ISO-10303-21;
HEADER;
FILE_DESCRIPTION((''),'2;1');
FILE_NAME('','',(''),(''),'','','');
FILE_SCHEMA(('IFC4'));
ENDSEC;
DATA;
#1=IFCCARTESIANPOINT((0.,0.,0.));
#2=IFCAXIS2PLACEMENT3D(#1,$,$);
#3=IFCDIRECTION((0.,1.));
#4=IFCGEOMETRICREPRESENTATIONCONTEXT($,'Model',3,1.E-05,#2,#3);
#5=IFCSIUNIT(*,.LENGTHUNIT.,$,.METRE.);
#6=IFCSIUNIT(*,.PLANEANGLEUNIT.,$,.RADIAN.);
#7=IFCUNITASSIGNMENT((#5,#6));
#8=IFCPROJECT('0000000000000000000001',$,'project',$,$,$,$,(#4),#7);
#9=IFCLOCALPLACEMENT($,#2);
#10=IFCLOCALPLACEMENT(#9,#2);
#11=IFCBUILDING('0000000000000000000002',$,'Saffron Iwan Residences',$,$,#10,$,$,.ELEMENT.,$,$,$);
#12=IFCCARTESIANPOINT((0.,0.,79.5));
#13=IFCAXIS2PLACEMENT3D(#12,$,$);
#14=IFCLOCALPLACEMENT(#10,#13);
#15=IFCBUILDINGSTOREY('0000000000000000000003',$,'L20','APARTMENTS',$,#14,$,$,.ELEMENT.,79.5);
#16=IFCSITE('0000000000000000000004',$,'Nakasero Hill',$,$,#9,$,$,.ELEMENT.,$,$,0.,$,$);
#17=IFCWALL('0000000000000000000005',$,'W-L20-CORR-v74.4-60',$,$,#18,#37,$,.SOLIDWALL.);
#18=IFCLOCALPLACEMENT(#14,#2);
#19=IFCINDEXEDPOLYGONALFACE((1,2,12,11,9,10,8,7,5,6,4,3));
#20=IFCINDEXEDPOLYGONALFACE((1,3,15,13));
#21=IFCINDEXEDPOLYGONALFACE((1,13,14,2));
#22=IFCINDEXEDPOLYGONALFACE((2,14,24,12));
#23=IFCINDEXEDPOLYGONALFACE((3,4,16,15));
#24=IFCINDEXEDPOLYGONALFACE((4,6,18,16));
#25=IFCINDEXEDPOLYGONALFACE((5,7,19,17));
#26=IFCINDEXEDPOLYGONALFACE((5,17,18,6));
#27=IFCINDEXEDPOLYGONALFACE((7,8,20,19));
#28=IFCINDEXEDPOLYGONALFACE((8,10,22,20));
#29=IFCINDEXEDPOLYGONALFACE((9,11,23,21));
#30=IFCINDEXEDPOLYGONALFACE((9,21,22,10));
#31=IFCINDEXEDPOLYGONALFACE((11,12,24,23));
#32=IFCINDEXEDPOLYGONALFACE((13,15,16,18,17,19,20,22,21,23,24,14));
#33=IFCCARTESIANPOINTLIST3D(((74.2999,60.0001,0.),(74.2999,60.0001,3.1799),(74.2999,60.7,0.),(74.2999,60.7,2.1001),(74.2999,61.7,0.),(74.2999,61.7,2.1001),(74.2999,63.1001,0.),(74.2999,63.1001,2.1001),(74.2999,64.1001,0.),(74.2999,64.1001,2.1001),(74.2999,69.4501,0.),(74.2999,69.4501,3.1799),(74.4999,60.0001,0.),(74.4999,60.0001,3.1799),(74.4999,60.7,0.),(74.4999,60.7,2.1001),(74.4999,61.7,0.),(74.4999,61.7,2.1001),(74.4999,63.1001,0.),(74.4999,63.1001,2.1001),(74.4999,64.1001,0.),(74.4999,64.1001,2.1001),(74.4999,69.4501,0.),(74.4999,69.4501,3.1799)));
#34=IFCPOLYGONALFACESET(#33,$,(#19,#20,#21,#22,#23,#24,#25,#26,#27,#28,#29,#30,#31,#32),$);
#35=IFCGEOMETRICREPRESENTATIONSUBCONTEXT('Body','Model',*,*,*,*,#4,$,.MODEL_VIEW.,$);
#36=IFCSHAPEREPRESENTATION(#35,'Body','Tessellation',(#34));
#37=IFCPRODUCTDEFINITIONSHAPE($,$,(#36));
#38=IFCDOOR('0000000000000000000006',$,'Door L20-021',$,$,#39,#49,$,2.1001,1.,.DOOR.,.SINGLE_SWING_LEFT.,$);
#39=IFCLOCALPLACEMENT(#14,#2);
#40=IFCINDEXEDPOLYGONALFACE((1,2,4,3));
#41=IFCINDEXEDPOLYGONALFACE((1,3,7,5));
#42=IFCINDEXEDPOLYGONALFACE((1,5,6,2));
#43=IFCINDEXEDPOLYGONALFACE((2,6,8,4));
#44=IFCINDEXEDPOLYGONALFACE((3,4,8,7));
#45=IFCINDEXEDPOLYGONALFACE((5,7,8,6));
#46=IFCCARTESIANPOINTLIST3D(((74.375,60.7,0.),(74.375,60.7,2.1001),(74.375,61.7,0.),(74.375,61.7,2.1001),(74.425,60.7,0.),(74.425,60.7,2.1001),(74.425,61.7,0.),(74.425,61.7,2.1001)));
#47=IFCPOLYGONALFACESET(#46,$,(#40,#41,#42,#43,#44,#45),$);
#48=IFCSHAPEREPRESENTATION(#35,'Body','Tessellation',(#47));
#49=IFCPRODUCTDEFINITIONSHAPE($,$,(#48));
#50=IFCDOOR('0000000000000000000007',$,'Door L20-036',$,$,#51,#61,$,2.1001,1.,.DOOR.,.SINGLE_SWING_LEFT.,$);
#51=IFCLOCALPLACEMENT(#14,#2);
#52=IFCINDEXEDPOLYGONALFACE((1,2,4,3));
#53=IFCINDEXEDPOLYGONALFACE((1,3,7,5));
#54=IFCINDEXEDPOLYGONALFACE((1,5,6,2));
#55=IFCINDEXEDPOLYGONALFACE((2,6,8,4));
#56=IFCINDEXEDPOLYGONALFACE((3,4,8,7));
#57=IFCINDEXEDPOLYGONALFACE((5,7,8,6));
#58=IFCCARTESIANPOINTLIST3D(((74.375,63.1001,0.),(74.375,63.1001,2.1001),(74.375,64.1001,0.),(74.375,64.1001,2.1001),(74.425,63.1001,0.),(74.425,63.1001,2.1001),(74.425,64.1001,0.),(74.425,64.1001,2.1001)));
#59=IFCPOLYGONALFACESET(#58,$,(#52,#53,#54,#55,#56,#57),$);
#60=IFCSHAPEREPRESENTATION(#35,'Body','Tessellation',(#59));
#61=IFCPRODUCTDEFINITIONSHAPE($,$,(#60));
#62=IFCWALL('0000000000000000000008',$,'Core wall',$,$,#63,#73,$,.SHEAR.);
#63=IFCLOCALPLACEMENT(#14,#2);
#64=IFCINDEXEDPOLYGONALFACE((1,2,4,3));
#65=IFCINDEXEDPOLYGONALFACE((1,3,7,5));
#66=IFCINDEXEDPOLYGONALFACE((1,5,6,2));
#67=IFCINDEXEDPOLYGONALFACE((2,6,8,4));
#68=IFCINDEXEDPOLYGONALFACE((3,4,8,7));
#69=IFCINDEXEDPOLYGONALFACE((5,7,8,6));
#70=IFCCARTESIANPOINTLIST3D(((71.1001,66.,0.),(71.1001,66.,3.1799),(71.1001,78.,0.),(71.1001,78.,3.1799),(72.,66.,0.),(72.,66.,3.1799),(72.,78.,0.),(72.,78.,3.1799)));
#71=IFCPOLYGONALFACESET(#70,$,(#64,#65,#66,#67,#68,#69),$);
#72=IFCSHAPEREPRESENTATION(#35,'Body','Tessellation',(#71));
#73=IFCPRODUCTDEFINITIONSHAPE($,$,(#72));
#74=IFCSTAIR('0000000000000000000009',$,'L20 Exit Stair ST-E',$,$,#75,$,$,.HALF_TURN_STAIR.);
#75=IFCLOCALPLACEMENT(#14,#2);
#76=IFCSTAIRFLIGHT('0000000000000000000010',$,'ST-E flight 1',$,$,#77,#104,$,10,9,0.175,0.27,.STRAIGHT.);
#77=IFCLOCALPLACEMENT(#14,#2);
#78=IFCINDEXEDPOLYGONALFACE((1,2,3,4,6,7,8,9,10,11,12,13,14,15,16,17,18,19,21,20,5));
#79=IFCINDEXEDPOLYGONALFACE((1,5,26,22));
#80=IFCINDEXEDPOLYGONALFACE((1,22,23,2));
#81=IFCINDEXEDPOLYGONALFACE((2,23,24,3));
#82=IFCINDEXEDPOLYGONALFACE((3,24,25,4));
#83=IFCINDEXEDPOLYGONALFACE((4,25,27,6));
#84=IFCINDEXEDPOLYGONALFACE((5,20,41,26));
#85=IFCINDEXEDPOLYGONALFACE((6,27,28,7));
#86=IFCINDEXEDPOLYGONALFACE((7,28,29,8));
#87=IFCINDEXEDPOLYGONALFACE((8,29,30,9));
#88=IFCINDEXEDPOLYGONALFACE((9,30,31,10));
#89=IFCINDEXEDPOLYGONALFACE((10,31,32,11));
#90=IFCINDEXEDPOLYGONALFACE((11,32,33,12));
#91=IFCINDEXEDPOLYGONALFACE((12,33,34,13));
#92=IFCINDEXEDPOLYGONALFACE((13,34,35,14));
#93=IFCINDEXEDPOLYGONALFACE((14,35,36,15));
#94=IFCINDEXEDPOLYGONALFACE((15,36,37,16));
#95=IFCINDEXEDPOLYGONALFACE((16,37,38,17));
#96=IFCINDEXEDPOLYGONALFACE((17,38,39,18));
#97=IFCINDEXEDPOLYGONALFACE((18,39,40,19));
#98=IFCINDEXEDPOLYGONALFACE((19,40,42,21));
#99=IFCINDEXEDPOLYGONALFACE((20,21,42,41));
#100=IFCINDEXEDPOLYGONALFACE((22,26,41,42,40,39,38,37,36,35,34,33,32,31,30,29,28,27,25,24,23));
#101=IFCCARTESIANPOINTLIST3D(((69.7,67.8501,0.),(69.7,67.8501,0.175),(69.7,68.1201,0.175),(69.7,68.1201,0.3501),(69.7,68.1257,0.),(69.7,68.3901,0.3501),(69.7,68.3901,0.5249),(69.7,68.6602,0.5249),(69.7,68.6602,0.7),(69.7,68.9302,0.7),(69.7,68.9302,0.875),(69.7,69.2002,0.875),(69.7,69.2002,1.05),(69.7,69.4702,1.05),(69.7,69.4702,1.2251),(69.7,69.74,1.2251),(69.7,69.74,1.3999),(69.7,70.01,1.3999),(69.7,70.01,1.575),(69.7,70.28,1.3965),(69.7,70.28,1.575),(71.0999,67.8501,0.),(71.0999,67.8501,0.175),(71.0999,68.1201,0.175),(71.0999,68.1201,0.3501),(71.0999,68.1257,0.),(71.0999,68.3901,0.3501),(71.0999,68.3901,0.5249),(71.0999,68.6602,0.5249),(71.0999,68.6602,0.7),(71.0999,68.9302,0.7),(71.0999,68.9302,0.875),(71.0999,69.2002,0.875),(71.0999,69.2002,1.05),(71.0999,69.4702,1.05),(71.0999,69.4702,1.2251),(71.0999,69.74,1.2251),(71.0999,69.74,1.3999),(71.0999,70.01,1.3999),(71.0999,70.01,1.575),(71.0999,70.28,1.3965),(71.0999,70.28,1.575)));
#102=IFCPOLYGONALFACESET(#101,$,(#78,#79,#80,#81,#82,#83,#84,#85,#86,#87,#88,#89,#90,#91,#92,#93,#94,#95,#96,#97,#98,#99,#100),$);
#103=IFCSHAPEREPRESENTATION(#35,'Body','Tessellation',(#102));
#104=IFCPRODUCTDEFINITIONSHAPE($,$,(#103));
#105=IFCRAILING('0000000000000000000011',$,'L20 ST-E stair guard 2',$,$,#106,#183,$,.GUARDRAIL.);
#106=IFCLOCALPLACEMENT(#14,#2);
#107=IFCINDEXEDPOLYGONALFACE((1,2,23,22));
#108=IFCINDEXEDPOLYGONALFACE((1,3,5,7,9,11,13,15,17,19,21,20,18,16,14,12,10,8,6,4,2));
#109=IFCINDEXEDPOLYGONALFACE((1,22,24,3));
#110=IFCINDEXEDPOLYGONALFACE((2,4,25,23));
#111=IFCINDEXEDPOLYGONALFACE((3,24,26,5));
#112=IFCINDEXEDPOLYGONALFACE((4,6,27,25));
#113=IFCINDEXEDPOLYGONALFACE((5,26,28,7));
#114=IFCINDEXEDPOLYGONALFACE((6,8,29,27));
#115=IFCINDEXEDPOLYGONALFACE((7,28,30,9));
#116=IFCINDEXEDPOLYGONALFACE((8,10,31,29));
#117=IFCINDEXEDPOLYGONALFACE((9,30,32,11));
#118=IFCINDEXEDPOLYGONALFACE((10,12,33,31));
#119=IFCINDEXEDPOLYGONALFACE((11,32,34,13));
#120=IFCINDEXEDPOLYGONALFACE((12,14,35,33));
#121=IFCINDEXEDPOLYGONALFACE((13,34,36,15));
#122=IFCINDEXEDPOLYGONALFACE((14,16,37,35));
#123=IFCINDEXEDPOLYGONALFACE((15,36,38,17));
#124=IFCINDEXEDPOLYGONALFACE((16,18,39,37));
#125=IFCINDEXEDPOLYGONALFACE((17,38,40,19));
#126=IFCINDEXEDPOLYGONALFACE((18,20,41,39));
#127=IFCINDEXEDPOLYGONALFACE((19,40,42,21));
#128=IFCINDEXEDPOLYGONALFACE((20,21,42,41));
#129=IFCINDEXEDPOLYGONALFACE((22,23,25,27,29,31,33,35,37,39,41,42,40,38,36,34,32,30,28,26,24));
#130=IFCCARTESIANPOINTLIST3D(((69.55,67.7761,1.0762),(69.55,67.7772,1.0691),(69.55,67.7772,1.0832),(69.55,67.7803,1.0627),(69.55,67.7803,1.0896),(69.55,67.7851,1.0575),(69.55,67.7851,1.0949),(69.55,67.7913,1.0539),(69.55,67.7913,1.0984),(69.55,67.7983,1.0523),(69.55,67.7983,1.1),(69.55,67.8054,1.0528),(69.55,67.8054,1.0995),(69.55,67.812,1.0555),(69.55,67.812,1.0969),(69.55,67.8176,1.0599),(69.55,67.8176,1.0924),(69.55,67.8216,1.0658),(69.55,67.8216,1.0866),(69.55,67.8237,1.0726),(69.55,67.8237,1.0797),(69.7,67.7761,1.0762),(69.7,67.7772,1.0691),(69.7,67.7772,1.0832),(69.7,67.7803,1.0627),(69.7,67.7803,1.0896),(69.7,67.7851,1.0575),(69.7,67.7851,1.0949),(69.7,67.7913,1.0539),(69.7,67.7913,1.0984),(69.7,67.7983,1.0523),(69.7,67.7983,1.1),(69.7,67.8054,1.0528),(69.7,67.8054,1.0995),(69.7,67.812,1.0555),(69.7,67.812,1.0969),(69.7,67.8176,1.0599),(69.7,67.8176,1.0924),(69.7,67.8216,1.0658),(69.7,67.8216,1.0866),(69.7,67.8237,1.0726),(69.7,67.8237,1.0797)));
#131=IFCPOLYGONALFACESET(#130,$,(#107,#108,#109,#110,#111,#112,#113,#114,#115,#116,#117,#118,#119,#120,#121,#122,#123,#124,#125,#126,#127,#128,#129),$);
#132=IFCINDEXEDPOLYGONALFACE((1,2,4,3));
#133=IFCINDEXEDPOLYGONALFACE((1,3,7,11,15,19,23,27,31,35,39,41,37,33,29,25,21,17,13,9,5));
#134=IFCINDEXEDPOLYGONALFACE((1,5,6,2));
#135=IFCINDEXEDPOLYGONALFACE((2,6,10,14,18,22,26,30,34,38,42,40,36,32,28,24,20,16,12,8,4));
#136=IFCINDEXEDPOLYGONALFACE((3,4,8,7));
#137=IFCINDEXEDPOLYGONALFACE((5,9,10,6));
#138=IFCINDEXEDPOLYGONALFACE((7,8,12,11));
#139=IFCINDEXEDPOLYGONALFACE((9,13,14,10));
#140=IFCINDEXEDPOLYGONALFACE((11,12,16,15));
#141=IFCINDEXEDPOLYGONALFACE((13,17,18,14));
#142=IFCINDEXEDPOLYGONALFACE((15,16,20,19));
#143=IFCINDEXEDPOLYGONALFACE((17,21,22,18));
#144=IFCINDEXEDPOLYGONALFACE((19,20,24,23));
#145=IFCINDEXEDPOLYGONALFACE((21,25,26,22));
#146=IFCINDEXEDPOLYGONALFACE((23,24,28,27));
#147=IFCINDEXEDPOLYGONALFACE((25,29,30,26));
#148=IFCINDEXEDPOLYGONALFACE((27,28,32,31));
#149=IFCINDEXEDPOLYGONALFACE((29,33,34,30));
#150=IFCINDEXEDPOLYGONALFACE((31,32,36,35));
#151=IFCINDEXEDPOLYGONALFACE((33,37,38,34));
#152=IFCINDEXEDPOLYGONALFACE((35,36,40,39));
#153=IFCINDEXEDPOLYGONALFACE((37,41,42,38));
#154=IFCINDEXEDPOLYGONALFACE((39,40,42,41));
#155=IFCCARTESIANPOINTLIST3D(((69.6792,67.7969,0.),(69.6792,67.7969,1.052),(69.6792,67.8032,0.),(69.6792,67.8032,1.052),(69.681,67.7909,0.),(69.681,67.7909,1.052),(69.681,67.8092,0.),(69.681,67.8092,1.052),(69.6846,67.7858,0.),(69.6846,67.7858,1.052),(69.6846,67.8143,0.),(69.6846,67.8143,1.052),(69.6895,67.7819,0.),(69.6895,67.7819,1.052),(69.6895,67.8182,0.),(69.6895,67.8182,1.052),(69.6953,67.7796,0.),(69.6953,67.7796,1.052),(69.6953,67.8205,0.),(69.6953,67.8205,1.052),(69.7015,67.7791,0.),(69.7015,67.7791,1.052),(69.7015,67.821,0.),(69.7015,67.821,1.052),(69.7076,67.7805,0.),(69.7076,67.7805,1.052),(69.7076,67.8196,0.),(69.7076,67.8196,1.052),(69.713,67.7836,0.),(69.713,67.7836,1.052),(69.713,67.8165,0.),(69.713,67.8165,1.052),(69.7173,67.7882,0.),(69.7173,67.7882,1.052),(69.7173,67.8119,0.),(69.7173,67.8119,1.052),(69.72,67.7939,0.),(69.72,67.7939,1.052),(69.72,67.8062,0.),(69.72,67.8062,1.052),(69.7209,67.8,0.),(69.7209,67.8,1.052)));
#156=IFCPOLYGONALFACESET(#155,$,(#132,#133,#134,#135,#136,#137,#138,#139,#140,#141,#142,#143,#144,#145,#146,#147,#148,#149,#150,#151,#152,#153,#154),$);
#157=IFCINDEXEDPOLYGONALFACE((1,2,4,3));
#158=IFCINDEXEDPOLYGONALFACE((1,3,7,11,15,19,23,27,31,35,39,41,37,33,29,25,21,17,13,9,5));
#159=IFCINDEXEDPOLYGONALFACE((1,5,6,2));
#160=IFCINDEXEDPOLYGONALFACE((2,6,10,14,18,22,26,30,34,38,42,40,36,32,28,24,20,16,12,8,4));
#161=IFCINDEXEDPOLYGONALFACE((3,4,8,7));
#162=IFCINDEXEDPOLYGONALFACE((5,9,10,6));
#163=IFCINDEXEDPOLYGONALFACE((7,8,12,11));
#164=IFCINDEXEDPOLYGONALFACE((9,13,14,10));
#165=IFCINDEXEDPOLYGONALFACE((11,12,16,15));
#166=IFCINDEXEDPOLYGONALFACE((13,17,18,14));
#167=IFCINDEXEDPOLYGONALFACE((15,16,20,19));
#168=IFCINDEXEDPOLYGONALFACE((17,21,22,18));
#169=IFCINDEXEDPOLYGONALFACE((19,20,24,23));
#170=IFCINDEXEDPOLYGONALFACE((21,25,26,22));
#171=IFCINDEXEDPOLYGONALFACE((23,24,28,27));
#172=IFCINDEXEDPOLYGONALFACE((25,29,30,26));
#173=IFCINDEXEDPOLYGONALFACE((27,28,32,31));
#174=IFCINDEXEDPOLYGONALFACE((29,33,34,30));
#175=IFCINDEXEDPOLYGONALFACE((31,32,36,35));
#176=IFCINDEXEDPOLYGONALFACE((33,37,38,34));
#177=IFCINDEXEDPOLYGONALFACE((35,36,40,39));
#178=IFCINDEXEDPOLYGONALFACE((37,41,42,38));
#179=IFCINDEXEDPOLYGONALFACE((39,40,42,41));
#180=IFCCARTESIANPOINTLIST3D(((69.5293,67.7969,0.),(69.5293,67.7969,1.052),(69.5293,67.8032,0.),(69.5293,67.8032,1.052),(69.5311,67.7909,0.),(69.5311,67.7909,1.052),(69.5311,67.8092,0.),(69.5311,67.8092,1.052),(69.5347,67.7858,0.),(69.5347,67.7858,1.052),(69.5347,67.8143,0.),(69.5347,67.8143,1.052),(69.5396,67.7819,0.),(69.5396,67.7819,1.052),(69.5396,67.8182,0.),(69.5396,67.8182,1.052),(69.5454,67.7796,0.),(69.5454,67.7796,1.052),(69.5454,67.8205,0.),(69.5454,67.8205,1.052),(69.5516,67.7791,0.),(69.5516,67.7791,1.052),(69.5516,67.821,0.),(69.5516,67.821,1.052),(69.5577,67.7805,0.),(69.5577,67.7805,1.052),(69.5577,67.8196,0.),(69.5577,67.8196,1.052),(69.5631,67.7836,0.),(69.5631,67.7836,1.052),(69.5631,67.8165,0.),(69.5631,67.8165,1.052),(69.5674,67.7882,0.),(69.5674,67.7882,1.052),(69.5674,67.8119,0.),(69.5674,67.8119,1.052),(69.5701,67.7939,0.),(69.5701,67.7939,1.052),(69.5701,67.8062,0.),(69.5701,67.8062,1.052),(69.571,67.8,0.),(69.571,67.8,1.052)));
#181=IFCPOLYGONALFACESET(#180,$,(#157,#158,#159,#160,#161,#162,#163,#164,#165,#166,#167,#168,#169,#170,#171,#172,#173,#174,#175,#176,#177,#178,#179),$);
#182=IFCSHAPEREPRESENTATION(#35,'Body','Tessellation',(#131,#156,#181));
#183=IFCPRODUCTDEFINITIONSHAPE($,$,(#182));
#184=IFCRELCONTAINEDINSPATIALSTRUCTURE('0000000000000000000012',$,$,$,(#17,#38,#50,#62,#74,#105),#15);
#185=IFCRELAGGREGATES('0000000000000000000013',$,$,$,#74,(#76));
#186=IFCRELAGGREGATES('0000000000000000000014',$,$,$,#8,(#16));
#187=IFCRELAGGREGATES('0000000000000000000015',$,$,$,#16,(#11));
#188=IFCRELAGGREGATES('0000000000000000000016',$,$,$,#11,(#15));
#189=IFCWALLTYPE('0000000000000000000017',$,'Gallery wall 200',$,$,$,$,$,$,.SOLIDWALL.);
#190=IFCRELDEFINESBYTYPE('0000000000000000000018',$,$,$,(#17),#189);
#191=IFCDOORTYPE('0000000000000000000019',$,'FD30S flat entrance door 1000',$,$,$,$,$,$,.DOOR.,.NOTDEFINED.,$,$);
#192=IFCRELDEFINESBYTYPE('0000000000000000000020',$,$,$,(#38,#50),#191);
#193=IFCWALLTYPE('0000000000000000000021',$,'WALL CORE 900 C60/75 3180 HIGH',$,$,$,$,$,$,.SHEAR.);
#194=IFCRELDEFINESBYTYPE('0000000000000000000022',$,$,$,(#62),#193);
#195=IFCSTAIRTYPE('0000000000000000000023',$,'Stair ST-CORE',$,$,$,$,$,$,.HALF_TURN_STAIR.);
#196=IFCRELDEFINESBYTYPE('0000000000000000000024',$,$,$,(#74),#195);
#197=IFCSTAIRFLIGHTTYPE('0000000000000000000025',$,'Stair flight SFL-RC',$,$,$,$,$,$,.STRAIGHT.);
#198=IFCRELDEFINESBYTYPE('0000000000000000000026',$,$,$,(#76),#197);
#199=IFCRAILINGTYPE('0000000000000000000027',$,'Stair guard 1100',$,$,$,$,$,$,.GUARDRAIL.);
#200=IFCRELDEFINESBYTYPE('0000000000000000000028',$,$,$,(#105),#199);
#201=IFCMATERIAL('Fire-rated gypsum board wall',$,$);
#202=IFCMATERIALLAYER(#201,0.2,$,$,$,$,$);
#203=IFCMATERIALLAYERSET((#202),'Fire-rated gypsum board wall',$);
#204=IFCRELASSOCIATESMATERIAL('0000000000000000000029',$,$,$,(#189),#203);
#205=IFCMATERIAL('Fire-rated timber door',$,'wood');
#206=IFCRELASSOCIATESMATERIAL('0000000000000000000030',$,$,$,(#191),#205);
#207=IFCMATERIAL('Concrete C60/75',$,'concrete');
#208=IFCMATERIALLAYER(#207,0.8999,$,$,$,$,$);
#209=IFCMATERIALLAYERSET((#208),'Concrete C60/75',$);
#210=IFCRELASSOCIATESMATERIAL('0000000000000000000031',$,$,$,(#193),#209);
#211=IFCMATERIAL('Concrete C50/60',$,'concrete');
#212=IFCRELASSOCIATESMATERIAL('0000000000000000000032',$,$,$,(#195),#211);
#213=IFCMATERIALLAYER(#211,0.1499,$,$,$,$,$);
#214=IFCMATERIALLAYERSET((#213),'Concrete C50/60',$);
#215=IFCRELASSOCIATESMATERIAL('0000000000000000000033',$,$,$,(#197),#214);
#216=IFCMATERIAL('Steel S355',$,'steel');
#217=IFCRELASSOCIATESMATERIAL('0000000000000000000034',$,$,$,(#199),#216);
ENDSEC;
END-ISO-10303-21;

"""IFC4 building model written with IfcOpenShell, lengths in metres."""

from ifc_helpers import new_model, si_unit, direction, frame, frame_2d, origin, origin_2d, place, context, subcontext, project, spatial, polyline, rectangle, circle, outline, extrude, material, layer, layer_set, type_object, element, fill, aggregate, save


model = new_model("IFC4")

# Units and contexts
model_context = context("Model", 3, precision=1e-05, world=origin(), true_north=direction((0.0, 1.0)))
body_context = subcontext(model_context, "Body", "Model", "MODEL_VIEW")
ifc_project = project(units=[si_unit("LENGTHUNIT", "METRE"), si_unit("PLANEANGLEUNIT", "RADIAN")], contexts=[model_context])

# Site, building, storey
site_placement = place(None, origin())
site = spatial("IfcSite", under=ifc_project, at=site_placement, Name="Nakasero Hill", CompositionType="ELEMENT", RefElevation=0.0)
building_placement = place(site_placement, origin())
building = spatial("IfcBuilding", under=site, at=building_placement, Name="Saffron Iwan Residences", CompositionType="ELEMENT")
storey_placement = place(building_placement, frame((0.0, 0.0, 79.5)))
storey = spatial("IfcBuildingStorey", under=building, at=storey_placement, Name="L20", Description="APARTMENTS", CompositionType="ELEMENT", Elevation=79.5)

# Shared definitions
ifc_material_1 = material(Name="Concrete C60/75", Category="concrete")

# Shared definitions
ifc_material_2 = material(Name="Fire-rated gypsum board wall")

# Wall, openings, doors
ifc_layer_1 = layer(ifc_material_2, 0.2)
ifc_layer_set_1 = layer_set([ifc_layer_1], Name="Fire-rated gypsum board wall")
wall_type_1 = type_object("IfcWallType", Name="Gallery wall 200", PredefinedType="SOLIDWALL", material=ifc_layer_set_1)
wall_1_placement = place(storey_placement, frame((74.3999, 60.0, 0.0), z_axis=(0.0, 0.0, 1.0), x_axis=(0.0, 1.0, 0.0)))
wall_1 = element("IfcWall", 1, at=wall_1_placement, inside=storey, type_object=wall_type_1, Name="W-L20-CORR-v74.4-60", PredefinedType="SOLIDWALL", context=body_context, shape_type="SweptSolid", body=[
    extrude(rectangle(XDim=9.45, YDim=0.2, at=frame_2d((4.7251, 0.0))), origin(), (0.0, 0.0, 1.0), 3.1799),
])
opening_1_placement = place(wall_1_placement, frame((0.7, 0.0, 0.0)))
opening_1 = element("IfcOpeningElement", 2, at=opening_1_placement, cuts=wall_1, PredefinedType="OPENING", context=body_context, shape_type="SweptSolid", body=[
    extrude(rectangle(XDim=1.0, YDim=2.1001, at=frame_2d((0.5, 1.05))), frame((0.0, 0.1099, 0.0), z_axis=(0.0, -1.0, 0.0), x_axis=(1.0, 0.0, 0.0)), (0.0, 0.0, 1.0), 0.22),
])
opening_2_placement = place(wall_1_placement, frame((3.1001, 0.0, 0.0)))
opening_2 = element("IfcOpeningElement", 3, at=opening_2_placement, cuts=wall_1, PredefinedType="OPENING", context=body_context, shape_type="SweptSolid", body=[
    extrude(rectangle(XDim=1.0, YDim=2.1001, at=frame_2d((0.5, 1.05))), frame((0.0, 0.1099, 0.0), z_axis=(0.0, -1.0, 0.0), x_axis=(1.0, 0.0, 0.0)), (0.0, 0.0, 1.0), 0.22),
])
ifc_material_3 = material(Name="Fire-rated timber door", Category="wood")
door_type_1 = type_object("IfcDoorType", Name="FD30S flat entrance door 1000", OperationType="NOTDEFINED", PredefinedType="DOOR", material=ifc_material_3)
door_1_placement = place(opening_1_placement, origin())
door_1 = element("IfcDoor", 4, at=door_1_placement, inside=storey, type_object=door_type_1, Name="Door L20-021", OperationType="SINGLE_SWING_LEFT", OverallHeight=2.1001, OverallWidth=1.0, PredefinedType="DOOR", context=body_context, shape_type="SweptSolid", body=[
    extrude(rectangle(XDim=1.0, YDim=2.1001, at=frame_2d((0.5, 1.05))), frame((0.0, 0.0249, 0.0), z_axis=(0.0, -1.0, 0.0), x_axis=(1.0, 0.0, 0.0)), (0.0, 0.0, 1.0), 0.05),
])
fill(opening_1, door_1)
door_2_placement = place(opening_2_placement, origin())
door_2 = element("IfcDoor", 5, at=door_2_placement, inside=storey, type_object=door_type_1, Name="Door L20-036", OperationType="SINGLE_SWING_LEFT", OverallHeight=2.1001, OverallWidth=1.0, PredefinedType="DOOR", context=body_context, shape_type="SweptSolid", body=[
    extrude(rectangle(XDim=1.0, YDim=2.1001, at=frame_2d((0.5, 1.05))), frame((0.0, 0.0249, 0.0), z_axis=(0.0, -1.0, 0.0), x_axis=(1.0, 0.0, 0.0)), (0.0, 0.0, 1.0), 0.05),
])
fill(opening_2, door_2)

# Wall
ifc_layer_2 = layer(ifc_material_1, 0.8999)
ifc_layer_set_2 = layer_set([ifc_layer_2], Name="Concrete C60/75")
wall_type_2 = type_object("IfcWallType", Name="WALL CORE 900 C60/75 3180 HIGH", PredefinedType="SHEAR", material=ifc_layer_set_2)
wall_2_placement = place(storey_placement, frame((71.55, 66.0, 0.0), z_axis=(0.0, 0.0, 1.0), x_axis=(0.0, 1.0, 0.0)))
element("IfcWall", 6, at=wall_2_placement, inside=storey, type_object=wall_type_2, Name="Core wall", PredefinedType="SHEAR", context=body_context, shape_type="SweptSolid", body=[
    extrude(rectangle(XDim=12.0, YDim=0.8999, at=frame_2d((6.0, 0.0))), origin(), (0.0, 0.0, 1.0), 3.1799),
])

# Stair, stair flight
ifc_material_4 = material(Name="Concrete C50/60", Category="concrete")
stair_type = type_object("IfcStairType", Name="Stair ST-CORE", PredefinedType="HALF_TURN_STAIR", material=ifc_material_4)
stair_placement = place(storey_placement, origin())
stair = element("IfcStair", 7, at=stair_placement, inside=storey, type_object=stair_type, Name="L20 Exit Stair ST-E", PredefinedType="HALF_TURN_STAIR")
ifc_layer_3 = layer(ifc_material_4, 0.1499)
ifc_layer_set_3 = layer_set([ifc_layer_3], Name="Concrete C50/60")
stair_flight_type = type_object("IfcStairFlightType", Name="Stair flight SFL-RC", PredefinedType="STRAIGHT", material=ifc_layer_set_3)
stair_flight_placement = place(storey_placement, frame((70.3999, 67.8501, 0.0), z_axis=(0.0, 0.0, 1.0), x_axis=(0.0, 1.0, 0.0)))
stair_flight = element("IfcStairFlight", 8, at=stair_flight_placement, type_object=stair_flight_type, Name="ST-E flight 1", NumberOfRisers=10, NumberOfTreads=9, PredefinedType="STRAIGHT", RiserHeight=0.175, TreadLength=0.27, context=body_context, shape_type="SweptSolid", body=[
    extrude(outline(polyline([(0.0, 0.0), (0.0, 0.175), (0.27, 0.175), (0.27, 0.3501), (0.54, 0.3501), (0.54, 0.5249), (0.8101, 0.5249), (0.8101, 0.7), (1.0801, 0.7), (1.0801, 0.875), (1.3501, 0.875), (1.3501, 1.05), (1.6201, 1.05), (1.6201, 1.2251), (1.8899, 1.2251), (1.8899, 1.3999), (2.1599, 1.3999), (2.1599, 1.575), (2.4299, 1.575), (2.4299, 1.75), (2.4299, 1.3965), (0.2756, 0.0), (0.0, 0.0)])), frame((0.0, 0.7, 0.0), z_axis=(0.0, -1.0, 0.0), x_axis=(1.0, 0.0, 0.0)), (0.0, 0.0, 1.0), 1.3999),
])
aggregate(stair, [stair_flight])

# Railing
ifc_material_5 = material(Name="Steel S355", Category="steel")
railing_type = type_object("IfcRailingType", Name="Stair guard 1100", PredefinedType="GUARDRAIL", material=ifc_material_5)
railing_1_placement = place(storey_placement, frame((69.7, 67.8, 0.0)))
element("IfcRailing", 9, at=railing_1_placement, inside=storey, type_object=railing_type, Name="L20 ST-E stair guard 2", PredefinedType="GUARDRAIL", context=body_context, shape_type="SweptSolid", body=[
    extrude(circle(Radius=0.0239, at=origin_2d()), frame((0.0, 0.0, 1.0762), z_axis=(-1.0, 0.0, 0.0), x_axis=(0.0, -1.0, 0.0)), (0.0, 0.0, 1.0), 0.1499),
    extrude(circle(Radius=0.021, at=origin_2d()), origin(), (0.0, 0.0, 1.0), 1.052),
    extrude(circle(Radius=0.021, at=origin_2d()), frame((-0.1499, 0.0, 0.0)), (0.0, 0.0, 1.0), 1.052),
])

save(model, "model.ifc")
